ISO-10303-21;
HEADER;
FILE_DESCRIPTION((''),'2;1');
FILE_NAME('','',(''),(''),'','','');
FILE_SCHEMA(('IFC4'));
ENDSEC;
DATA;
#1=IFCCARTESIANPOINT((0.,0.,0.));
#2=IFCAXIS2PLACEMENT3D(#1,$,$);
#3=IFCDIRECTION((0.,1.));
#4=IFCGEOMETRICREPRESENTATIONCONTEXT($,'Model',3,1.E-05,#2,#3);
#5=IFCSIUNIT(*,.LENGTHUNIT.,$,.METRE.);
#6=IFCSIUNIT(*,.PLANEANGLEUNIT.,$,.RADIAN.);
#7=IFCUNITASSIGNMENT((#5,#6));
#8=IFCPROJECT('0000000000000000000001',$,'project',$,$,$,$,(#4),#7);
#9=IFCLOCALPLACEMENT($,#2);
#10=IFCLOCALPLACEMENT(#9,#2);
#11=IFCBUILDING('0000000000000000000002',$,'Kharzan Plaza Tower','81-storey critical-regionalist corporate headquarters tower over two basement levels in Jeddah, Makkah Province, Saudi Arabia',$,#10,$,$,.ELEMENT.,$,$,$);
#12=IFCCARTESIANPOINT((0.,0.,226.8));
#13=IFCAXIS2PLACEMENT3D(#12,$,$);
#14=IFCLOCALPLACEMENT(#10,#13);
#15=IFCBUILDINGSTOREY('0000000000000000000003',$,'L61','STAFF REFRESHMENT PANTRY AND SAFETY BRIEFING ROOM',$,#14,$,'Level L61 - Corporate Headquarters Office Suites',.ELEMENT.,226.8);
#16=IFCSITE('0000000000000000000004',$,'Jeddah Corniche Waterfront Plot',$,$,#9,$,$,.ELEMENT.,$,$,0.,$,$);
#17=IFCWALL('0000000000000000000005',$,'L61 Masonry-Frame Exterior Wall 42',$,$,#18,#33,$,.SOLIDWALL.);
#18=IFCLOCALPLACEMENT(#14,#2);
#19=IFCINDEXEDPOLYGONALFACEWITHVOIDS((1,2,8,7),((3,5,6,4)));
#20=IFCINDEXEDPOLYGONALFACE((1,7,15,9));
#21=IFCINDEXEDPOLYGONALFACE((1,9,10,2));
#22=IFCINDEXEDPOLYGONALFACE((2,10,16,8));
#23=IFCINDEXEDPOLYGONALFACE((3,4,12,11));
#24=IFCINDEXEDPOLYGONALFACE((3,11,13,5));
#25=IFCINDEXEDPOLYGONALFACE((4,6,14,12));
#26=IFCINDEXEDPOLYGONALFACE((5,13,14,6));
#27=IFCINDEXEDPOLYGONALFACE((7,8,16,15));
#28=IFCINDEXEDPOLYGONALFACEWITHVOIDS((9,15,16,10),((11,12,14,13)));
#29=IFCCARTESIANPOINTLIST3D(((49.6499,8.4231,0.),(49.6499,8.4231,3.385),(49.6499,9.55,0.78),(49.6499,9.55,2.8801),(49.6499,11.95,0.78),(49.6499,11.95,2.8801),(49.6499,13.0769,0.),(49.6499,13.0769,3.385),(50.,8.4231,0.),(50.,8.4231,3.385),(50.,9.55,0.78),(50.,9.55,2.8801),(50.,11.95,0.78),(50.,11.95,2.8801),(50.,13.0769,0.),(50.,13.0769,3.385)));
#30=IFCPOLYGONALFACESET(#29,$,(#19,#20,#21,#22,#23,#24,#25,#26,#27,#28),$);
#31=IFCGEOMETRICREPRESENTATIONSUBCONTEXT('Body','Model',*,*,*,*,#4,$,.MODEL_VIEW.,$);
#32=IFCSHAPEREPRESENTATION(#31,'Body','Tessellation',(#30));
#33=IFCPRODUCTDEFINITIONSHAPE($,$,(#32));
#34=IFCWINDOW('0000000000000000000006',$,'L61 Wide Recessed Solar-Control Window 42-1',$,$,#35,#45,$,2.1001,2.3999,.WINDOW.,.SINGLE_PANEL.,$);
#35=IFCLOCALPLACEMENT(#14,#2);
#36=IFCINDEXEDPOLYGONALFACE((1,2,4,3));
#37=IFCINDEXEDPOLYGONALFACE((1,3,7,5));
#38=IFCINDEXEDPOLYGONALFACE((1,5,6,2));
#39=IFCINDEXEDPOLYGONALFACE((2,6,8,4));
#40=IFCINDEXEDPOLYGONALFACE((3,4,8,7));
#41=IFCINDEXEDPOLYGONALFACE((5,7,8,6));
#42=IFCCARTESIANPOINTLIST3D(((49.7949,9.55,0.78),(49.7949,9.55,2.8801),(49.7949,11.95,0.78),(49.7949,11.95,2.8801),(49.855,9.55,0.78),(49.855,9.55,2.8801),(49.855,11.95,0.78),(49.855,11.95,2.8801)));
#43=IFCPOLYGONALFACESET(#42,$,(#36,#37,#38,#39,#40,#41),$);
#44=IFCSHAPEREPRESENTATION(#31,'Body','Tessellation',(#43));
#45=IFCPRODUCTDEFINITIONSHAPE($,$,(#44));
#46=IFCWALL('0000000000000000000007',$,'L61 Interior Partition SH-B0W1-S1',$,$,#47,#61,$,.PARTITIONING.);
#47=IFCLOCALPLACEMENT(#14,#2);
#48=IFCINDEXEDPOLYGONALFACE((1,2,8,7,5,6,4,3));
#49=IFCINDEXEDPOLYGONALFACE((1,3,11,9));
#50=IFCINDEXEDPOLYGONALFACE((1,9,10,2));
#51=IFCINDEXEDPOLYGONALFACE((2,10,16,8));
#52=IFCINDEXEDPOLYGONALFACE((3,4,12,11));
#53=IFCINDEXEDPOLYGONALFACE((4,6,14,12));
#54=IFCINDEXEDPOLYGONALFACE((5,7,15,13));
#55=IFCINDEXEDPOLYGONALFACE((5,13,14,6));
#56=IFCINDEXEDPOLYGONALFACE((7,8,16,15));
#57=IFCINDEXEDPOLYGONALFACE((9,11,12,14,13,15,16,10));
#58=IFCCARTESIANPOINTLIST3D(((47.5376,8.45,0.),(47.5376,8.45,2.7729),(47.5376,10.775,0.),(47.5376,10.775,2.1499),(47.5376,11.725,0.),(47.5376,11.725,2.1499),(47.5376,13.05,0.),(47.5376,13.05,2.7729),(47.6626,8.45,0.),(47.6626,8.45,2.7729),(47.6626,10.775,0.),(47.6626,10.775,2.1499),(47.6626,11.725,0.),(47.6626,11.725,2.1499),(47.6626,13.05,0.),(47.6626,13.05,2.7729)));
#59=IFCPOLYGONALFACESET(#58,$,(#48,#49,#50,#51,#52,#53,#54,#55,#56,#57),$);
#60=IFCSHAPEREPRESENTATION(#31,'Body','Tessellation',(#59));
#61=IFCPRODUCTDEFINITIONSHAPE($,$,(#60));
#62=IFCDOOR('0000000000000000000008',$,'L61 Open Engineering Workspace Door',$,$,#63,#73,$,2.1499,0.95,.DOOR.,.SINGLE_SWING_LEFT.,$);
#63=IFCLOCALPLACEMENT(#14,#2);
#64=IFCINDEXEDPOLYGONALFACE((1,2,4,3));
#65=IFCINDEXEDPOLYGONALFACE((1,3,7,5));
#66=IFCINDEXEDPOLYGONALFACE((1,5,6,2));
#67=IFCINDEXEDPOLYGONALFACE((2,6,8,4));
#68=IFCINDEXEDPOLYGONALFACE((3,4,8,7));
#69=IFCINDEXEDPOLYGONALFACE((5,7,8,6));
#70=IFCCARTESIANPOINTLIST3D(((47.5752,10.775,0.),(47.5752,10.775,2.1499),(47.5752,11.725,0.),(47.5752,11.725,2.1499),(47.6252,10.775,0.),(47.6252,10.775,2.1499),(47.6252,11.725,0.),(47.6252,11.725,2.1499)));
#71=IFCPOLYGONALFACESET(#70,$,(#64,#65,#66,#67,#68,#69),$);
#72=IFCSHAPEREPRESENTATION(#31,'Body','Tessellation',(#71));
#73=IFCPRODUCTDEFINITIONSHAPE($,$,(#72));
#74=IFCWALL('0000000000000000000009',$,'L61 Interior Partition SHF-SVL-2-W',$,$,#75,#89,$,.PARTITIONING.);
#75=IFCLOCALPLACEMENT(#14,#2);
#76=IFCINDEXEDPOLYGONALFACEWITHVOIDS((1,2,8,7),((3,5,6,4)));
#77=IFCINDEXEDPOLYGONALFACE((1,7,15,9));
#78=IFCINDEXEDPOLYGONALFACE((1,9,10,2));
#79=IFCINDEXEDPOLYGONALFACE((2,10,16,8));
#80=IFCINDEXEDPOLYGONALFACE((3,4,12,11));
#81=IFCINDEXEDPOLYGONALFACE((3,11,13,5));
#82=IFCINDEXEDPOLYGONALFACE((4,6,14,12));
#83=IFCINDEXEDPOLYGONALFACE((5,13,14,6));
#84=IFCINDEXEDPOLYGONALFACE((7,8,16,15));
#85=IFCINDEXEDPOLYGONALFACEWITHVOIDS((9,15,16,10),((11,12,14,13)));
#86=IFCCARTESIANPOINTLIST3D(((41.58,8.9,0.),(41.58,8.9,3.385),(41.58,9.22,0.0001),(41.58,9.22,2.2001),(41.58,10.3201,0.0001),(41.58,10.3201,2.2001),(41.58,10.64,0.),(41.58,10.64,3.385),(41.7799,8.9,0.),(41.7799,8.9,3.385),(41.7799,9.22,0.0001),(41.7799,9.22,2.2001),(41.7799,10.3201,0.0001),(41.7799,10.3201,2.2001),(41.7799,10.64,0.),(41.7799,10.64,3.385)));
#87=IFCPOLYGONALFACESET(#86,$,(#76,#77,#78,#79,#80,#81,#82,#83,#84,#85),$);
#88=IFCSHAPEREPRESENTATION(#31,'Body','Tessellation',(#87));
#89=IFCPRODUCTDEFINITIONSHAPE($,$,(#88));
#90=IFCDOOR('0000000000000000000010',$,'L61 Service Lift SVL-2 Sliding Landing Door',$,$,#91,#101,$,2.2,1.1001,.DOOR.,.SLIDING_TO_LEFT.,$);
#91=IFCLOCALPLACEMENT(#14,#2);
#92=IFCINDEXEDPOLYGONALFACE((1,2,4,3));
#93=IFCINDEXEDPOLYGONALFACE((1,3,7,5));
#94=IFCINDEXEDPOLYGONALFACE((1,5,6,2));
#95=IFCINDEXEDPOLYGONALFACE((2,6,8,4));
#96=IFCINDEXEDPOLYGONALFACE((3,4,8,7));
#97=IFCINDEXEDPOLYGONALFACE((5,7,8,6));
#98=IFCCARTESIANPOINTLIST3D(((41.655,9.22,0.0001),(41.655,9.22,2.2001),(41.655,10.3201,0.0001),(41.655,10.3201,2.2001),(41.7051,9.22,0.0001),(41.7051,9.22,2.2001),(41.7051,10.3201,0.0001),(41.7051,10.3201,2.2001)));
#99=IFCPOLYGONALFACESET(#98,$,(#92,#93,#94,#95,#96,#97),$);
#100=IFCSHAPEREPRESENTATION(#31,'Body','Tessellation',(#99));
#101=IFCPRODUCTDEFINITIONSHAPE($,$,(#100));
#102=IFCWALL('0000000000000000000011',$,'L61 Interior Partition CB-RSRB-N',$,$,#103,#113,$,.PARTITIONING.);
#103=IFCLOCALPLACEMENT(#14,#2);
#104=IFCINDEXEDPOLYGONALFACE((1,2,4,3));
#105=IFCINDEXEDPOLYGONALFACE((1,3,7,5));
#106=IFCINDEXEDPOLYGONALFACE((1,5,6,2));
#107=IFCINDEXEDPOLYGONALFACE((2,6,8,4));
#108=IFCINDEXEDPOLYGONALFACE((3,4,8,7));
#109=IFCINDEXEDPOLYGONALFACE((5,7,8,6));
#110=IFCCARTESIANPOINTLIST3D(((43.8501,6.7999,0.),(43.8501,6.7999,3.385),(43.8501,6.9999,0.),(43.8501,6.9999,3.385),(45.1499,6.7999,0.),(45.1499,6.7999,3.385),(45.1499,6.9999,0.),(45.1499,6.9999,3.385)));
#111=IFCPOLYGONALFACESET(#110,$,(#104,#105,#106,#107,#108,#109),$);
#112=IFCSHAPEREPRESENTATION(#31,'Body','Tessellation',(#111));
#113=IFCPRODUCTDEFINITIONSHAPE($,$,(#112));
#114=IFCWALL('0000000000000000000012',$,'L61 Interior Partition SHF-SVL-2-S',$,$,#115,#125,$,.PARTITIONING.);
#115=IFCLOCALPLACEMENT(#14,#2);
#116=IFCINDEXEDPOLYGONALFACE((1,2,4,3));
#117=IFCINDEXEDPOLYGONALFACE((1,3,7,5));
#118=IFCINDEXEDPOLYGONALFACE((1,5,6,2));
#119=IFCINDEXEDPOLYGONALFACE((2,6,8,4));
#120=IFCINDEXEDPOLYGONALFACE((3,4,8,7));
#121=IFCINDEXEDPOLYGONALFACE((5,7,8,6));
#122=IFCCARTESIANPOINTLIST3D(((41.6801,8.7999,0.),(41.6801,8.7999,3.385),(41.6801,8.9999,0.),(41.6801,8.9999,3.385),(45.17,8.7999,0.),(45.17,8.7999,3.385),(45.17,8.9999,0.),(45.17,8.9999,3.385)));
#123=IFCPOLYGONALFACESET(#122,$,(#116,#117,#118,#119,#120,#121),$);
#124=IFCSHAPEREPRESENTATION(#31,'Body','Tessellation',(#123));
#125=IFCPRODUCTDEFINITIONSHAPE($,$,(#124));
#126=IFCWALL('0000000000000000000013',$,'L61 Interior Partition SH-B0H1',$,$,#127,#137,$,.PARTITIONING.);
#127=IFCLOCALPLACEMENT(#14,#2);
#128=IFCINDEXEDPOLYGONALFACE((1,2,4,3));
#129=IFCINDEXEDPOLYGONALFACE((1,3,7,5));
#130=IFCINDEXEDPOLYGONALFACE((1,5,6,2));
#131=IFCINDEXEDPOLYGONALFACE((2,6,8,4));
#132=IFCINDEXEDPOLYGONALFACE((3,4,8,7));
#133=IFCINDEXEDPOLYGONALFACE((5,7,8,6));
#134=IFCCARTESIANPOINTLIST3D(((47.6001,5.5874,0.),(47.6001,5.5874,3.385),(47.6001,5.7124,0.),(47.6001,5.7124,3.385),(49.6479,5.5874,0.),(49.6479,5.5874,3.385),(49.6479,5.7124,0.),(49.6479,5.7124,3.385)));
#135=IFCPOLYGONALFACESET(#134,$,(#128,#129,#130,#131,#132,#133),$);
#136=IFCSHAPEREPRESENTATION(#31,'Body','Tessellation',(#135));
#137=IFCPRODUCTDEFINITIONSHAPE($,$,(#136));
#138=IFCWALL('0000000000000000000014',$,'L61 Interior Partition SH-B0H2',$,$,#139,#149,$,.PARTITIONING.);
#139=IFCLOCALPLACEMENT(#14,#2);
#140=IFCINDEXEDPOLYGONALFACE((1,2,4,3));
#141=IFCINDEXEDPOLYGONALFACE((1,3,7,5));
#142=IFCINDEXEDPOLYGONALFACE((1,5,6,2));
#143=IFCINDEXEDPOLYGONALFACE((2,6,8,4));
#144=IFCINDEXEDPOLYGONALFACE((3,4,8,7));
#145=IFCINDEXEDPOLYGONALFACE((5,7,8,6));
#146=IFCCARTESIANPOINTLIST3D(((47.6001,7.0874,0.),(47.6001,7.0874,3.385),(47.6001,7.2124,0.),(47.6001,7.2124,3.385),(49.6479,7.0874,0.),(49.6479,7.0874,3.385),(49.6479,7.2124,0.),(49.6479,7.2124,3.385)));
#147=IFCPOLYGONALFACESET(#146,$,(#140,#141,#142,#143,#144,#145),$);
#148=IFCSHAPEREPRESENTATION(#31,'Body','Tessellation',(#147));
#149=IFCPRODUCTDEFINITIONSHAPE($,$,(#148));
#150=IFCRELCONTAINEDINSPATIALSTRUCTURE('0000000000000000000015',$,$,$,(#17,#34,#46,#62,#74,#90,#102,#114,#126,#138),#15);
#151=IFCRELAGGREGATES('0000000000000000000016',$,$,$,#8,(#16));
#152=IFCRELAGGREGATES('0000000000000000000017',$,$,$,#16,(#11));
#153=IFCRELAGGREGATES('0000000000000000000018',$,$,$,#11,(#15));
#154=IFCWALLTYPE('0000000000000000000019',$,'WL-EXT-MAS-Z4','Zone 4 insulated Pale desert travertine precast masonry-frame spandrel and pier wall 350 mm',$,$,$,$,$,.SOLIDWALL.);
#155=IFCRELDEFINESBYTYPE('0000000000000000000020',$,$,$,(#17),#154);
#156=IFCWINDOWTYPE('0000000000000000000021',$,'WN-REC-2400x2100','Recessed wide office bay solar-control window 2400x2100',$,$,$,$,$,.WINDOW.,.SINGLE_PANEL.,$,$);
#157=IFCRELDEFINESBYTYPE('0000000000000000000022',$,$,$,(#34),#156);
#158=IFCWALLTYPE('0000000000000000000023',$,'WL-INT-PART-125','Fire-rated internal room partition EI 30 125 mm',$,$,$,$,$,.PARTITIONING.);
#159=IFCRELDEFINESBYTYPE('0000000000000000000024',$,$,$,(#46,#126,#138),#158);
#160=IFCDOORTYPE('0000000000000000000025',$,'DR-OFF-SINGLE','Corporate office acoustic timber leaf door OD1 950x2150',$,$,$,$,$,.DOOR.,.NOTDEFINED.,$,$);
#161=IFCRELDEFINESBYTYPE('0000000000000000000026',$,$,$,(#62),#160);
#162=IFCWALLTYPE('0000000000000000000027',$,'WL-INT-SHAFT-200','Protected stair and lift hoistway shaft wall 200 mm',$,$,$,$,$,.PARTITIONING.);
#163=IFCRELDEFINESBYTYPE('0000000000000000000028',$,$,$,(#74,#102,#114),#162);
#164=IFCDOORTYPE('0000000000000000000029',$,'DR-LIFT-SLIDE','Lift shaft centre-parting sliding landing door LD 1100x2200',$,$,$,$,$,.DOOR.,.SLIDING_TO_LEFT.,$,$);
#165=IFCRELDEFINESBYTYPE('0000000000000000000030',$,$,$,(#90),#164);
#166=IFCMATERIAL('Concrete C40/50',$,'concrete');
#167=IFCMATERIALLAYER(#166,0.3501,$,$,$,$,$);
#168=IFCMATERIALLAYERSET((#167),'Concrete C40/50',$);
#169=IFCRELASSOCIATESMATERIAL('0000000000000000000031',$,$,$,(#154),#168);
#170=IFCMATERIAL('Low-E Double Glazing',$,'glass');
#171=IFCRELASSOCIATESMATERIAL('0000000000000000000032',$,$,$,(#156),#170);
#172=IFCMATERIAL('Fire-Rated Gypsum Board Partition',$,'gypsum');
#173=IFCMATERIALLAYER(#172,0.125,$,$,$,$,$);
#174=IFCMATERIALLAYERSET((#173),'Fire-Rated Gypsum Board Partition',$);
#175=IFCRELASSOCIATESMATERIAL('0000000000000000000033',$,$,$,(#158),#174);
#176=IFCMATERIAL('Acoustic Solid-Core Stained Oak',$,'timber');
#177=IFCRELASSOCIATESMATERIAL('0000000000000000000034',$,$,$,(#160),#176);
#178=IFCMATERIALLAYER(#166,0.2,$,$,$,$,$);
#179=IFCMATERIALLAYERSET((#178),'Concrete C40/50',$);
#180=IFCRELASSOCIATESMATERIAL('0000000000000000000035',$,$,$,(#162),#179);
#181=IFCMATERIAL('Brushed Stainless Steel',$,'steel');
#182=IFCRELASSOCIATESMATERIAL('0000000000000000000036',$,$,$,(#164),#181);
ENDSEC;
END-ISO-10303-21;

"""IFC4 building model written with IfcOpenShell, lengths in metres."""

from ifc_helpers import new_model, si_unit, direction, frame, frame_2d, origin, place, context, subcontext, project, spatial, rectangle, extrude, source, transform, mapped, material, layer, layer_set, type_object, element, fill, save


model = new_model("IFC4")

# Units and contexts
model_context = context("Model", 3, precision=1e-05, world=origin(), true_north=direction((0.0, 1.0)))
body_context = subcontext(model_context, "Body", "Model", "MODEL_VIEW")
ifc_project = project(units=[si_unit("LENGTHUNIT", "METRE"), si_unit("PLANEANGLEUNIT", "RADIAN")], contexts=[model_context])

# Site, building, storey
site_placement = place(None, origin())
site = spatial("IfcSite", under=ifc_project, at=site_placement, Name="Jeddah Corniche Waterfront Plot", CompositionType="ELEMENT", RefElevation=0.0)
building_placement = place(site_placement, origin())
building = spatial("IfcBuilding", under=site, at=building_placement, Name="Kharzan Plaza Tower", Description="81-storey critical-regionalist corporate headquarters tower over two basement levels in Jeddah, Makkah Province, Saudi Arabia", CompositionType="ELEMENT")
storey_placement = place(building_placement, frame((0.0, 0.0, 226.8)))
storey = spatial("IfcBuildingStorey", under=building, at=storey_placement, Name="L61", Description="STAFF REFRESHMENT PANTRY AND SAFETY BRIEFING ROOM", LongName="Level L61 - Corporate Headquarters Office Suites", CompositionType="ELEMENT", Elevation=226.8)

# Wall, opening, window
ifc_material_1 = material(Name="Concrete C40/50", Category="concrete")
ifc_layer_1 = layer(ifc_material_1, 0.3501)
ifc_layer_set_1 = layer_set([ifc_layer_1], Name="Concrete C40/50")
wall_type_1 = type_object("IfcWallType", Name="WL-EXT-MAS-Z4", Description="Zone 4 insulated Pale desert travertine precast masonry-frame spandrel and pier wall 350 mm", PredefinedType="SOLIDWALL", material=ifc_layer_set_1)
wall_1_placement = place(storey_placement, frame((49.825, 8.4231, 0.0), z_axis=(0.0, 0.0, 1.0), x_axis=(0.0, 1.0, 0.0)))
wall_1 = element("IfcWall", 1, at=wall_1_placement, inside=storey, type_object=wall_type_1, Name="L61 Masonry-Frame Exterior Wall 42", PredefinedType="SOLIDWALL", context=body_context, shape_type="SweptSolid", body=[
    extrude(rectangle(XDim=4.6538, YDim=0.3501, at=frame_2d((2.3269, 0.0))), origin(), (0.0, 0.0, 1.0), 3.385),
])
opening_1_placement = place(wall_1_placement, frame((1.127, 0.0, 0.78)))
opening_1 = element("IfcOpeningElement", 2, at=opening_1_placement, cuts=wall_1, PredefinedType="OPENING", context=body_context, shape_type="SweptSolid", body=[
    extrude(rectangle(XDim=2.3999, YDim=2.1001, at=frame_2d((1.2, 1.05))), frame((0.0, 0.1851, 0.0), z_axis=(0.0, -1.0, 0.0), x_axis=(1.0, 0.0, 0.0)), (0.0, 0.0, 1.0), 0.3701),
])
ifc_material_2 = material(Name="Low-E Double Glazing", Category="glass")
window_type = type_object("IfcWindowType", Name="WN-REC-2400x2100", Description="Recessed wide office bay solar-control window 2400x2100", PartitioningType="SINGLE_PANEL", PredefinedType="WINDOW", material=ifc_material_2)
shared_shape_1 = source(origin(), body_context, "Body", "SweptSolid", [
    extrude(rectangle(XDim=2.3999, YDim=2.1001, at=frame_2d((1.2, 1.05))), frame((0.0, 0.03, 0.0), z_axis=(0.0, -1.0, 0.0), x_axis=(1.0, 0.0, 0.0)), (0.0, 0.0, 1.0), 0.0601),
])
window_placement = place(opening_1_placement, origin())
window = element("IfcWindow", 3, at=window_placement, inside=storey, type_object=window_type, Name="L61 Wide Recessed Solar-Control Window 42-1", OverallHeight=2.1001, OverallWidth=2.3999, PartitioningType="SINGLE_PANEL", PredefinedType="WINDOW", context=body_context, shape_type="MappedRepresentation", body=[
    mapped(shared_shape_1, transform((0.0, 0.0, 0.0), x_axis=(1.0, 0.0, 0.0), y_axis=(0.0, 1.0, 0.0), z_axis=(0.0, 0.0, 1.0))),
])
fill(opening_1, window)

# Walls, openings, doors
ifc_material_3 = material(Name="Fire-Rated Gypsum Board Partition", Category="gypsum")
ifc_layer_2 = layer(ifc_material_3, 0.125)
ifc_layer_set_2 = layer_set([ifc_layer_2], Name="Fire-Rated Gypsum Board Partition")
wall_type_2 = type_object("IfcWallType", Name="WL-INT-PART-125", Description="Fire-rated internal room partition EI 30 125 mm", PredefinedType="PARTITIONING", material=ifc_layer_set_2)
wall_2_placement = place(storey_placement, frame((47.6001, 8.45, 0.0), z_axis=(0.0, 0.0, 1.0), x_axis=(0.0, 1.0, 0.0)))
wall_2 = element("IfcWall", 4, at=wall_2_placement, inside=storey, type_object=wall_type_2, Name="L61 Interior Partition SH-B0W1-S1", PredefinedType="PARTITIONING", context=body_context, shape_type="SweptSolid", body=[
    extrude(rectangle(XDim=4.6001, YDim=0.125, at=frame_2d((2.3, 0.0))), origin(), (0.0, 0.0, 1.0), 2.7729),
])
opening_2_placement = place(wall_2_placement, frame((2.325, 0.0, 0.0)))
opening_2 = element("IfcOpeningElement", 5, at=opening_2_placement, cuts=wall_2, PredefinedType="OPENING", context=body_context, shape_type="SweptSolid", body=[
    extrude(rectangle(XDim=0.95, YDim=2.1499, at=frame_2d((0.4751, 1.075))), frame((0.0, 0.0725, 0.0), z_axis=(0.0, -1.0, 0.0), x_axis=(1.0, 0.0, 0.0)), (0.0, 0.0, 1.0), 0.145),
])
ifc_material_4 = material(Name="Acoustic Solid-Core Stained Oak", Category="timber")
door_type_1 = type_object("IfcDoorType", Name="DR-OFF-SINGLE", Description="Corporate office acoustic timber leaf door OD1 950x2150", OperationType="NOTDEFINED", PredefinedType="DOOR", material=ifc_material_4)
shared_shape_2 = source(origin(), body_context, "Body", "SweptSolid", [
    extrude(rectangle(XDim=0.95, YDim=2.1499, at=frame_2d((0.4751, 1.075))), frame((0.0, 0.0249, 0.0), z_axis=(0.0, -1.0, 0.0), x_axis=(1.0, 0.0, 0.0)), (0.0, 0.0, 1.0), 0.05),
])
door_1_placement = place(opening_2_placement, origin())
door_1 = element("IfcDoor", 6, at=door_1_placement, inside=storey, type_object=door_type_1, Name="L61 Open Engineering Workspace Door", OperationType="SINGLE_SWING_LEFT", OverallHeight=2.1499, OverallWidth=0.95, PredefinedType="DOOR", context=body_context, shape_type="MappedRepresentation", body=[
    mapped(shared_shape_2, transform((0.0, 0.0, 0.0), x_axis=(1.0, 0.0, 0.0), y_axis=(0.0, 1.0, 0.0), z_axis=(0.0, 0.0, 1.0))),
])
fill(opening_2, door_1)
ifc_layer_3 = layer(ifc_material_1, 0.2)
ifc_layer_set_3 = layer_set([ifc_layer_3], Name="Concrete C40/50")
wall_type_3 = type_object("IfcWallType", Name="WL-INT-SHAFT-200", Description="Protected stair and lift hoistway shaft wall 200 mm", PredefinedType="PARTITIONING", material=ifc_layer_set_3)
wall_3_placement = place(storey_placement, frame((41.6799, 8.8999, 0.0), z_axis=(0.0, 0.0, 1.0), x_axis=(0.0, 1.0, 0.0)))
wall_3 = element("IfcWall", 7, at=wall_3_placement, inside=storey, type_object=wall_type_3, Name="L61 Interior Partition SHF-SVL-2-W", PredefinedType="PARTITIONING", context=body_context, shape_type="SweptSolid", body=[
    extrude(rectangle(XDim=1.74, YDim=0.2, at=frame_2d((0.8701, 0.0))), origin(), (0.0, 0.0, 1.0), 3.385),
])
opening_3_placement = place(wall_3_placement, frame((0.3201, 0.0, 0.0)))
opening_3 = element("IfcOpeningElement", 8, at=opening_3_placement, cuts=wall_3, PredefinedType="OPENING", context=body_context, shape_type="SweptSolid", body=[
    extrude(rectangle(XDim=1.1001, YDim=2.2, at=frame_2d((0.55, 1.1001))), frame((0.0, 0.1099, 0.0), z_axis=(0.0, -1.0, 0.0), x_axis=(1.0, 0.0, 0.0)), (0.0, 0.0, 1.0), 0.22),
])
ifc_material_5 = material(Name="Brushed Stainless Steel", Category="steel")
door_type_2 = type_object("IfcDoorType", Name="DR-LIFT-SLIDE", Description="Lift shaft centre-parting sliding landing door LD 1100x2200", OperationType="SLIDING_TO_LEFT", PredefinedType="DOOR", material=ifc_material_5)
shared_shape_3 = source(origin(), body_context, "Body", "SweptSolid", [
    extrude(rectangle(XDim=1.1001, YDim=2.2, at=frame_2d((0.55, 1.1001))), frame((0.0, 0.0249, 0.0), z_axis=(0.0, -1.0, 0.0), x_axis=(1.0, 0.0, 0.0)), (0.0, 0.0, 1.0), 0.05),
])
door_2_placement = place(opening_3_placement, origin())
door_2 = element("IfcDoor", 9, at=door_2_placement, inside=storey, type_object=door_type_2, Name="L61 Service Lift SVL-2 Sliding Landing Door", OperationType="SLIDING_TO_LEFT", OverallHeight=2.2, OverallWidth=1.1001, PredefinedType="DOOR", context=body_context, shape_type="MappedRepresentation", body=[
    mapped(shared_shape_3, transform((0.0, 0.0, 0.0), x_axis=(1.0, 0.0, 0.0), y_axis=(0.0, 1.0, 0.0), z_axis=(0.0, 0.0, 1.0))),
])
fill(opening_3, door_2)

# Walls
shared_shape_4 = source(origin(), body_context, "Body", "SweptSolid", [
    extrude(rectangle(XDim=1.2998, YDim=0.2, at=frame_2d((0.6499, 0.0))), origin(), (0.0, 0.0, 1.0), 3.385),
])
wall_4_placement = place(storey_placement, frame((43.8501, 6.8999, 0.0), z_axis=(0.0, 0.0, 1.0), x_axis=(1.0, 0.0, 0.0)))
element("IfcWall", 10, at=wall_4_placement, inside=storey, type_object=wall_type_3, Name="L61 Interior Partition CB-RSRB-N", PredefinedType="PARTITIONING", context=body_context, shape_type="MappedRepresentation", body=[
    mapped(shared_shape_4, transform((0.0, 0.0, 0.0), x_axis=(1.0, 0.0, 0.0), y_axis=(0.0, 1.0, 0.0), z_axis=(0.0, 0.0, 1.0))),
])
shared_shape_5 = source(origin(), body_context, "Body", "SweptSolid", [
    extrude(rectangle(XDim=3.49, YDim=0.2, at=frame_2d((1.7451, 0.0))), origin(), (0.0, 0.0, 1.0), 3.385),
])
wall_5_placement = place(storey_placement, frame((41.6799, 8.8999, 0.0), z_axis=(0.0, 0.0, 1.0), x_axis=(1.0, 0.0, 0.0)))
element("IfcWall", 11, at=wall_5_placement, inside=storey, type_object=wall_type_3, Name="L61 Interior Partition SHF-SVL-2-S", PredefinedType="PARTITIONING", context=body_context, shape_type="MappedRepresentation", body=[
    mapped(shared_shape_5, transform((0.0, 0.0, 0.0), x_axis=(1.0, 0.0, 0.0), y_axis=(0.0, 1.0, 0.0), z_axis=(0.0, 0.0, 1.0))),
])
shared_shape_6 = source(origin(), body_context, "Body", "SweptSolid", [
    extrude(rectangle(XDim=2.0479, YDim=0.125, at=frame_2d((1.0239, 0.0))), origin(), (0.0, 0.0, 1.0), 3.385),
])
for number, where, z_axis, x_axis, name in (
    (12, (47.6001, 5.6499, 0.0), (0.0, 0.0, 1.0), (1.0, 0.0, 0.0), "L61 Interior Partition SH-B0H1"),
    (13, (47.6001, 7.1499, 0.0), (0.0, 0.0, 1.0), (1.0, 0.0, 0.0), "L61 Interior Partition SH-B0H2"),
):
    element("IfcWall", number, at=place(storey_placement, frame(where, z_axis=z_axis, x_axis=x_axis)), inside=storey, type_object=wall_type_2, Name=name, PredefinedType="PARTITIONING", context=body_context, shape_type="MappedRepresentation", body=[
        mapped(shared_shape_6, transform((0.0, 0.0, 0.0), x_axis=(1.0, 0.0, 0.0), y_axis=(0.0, 1.0, 0.0), z_axis=(0.0, 0.0, 1.0))),
    ])

save(model, "model.ifc")
